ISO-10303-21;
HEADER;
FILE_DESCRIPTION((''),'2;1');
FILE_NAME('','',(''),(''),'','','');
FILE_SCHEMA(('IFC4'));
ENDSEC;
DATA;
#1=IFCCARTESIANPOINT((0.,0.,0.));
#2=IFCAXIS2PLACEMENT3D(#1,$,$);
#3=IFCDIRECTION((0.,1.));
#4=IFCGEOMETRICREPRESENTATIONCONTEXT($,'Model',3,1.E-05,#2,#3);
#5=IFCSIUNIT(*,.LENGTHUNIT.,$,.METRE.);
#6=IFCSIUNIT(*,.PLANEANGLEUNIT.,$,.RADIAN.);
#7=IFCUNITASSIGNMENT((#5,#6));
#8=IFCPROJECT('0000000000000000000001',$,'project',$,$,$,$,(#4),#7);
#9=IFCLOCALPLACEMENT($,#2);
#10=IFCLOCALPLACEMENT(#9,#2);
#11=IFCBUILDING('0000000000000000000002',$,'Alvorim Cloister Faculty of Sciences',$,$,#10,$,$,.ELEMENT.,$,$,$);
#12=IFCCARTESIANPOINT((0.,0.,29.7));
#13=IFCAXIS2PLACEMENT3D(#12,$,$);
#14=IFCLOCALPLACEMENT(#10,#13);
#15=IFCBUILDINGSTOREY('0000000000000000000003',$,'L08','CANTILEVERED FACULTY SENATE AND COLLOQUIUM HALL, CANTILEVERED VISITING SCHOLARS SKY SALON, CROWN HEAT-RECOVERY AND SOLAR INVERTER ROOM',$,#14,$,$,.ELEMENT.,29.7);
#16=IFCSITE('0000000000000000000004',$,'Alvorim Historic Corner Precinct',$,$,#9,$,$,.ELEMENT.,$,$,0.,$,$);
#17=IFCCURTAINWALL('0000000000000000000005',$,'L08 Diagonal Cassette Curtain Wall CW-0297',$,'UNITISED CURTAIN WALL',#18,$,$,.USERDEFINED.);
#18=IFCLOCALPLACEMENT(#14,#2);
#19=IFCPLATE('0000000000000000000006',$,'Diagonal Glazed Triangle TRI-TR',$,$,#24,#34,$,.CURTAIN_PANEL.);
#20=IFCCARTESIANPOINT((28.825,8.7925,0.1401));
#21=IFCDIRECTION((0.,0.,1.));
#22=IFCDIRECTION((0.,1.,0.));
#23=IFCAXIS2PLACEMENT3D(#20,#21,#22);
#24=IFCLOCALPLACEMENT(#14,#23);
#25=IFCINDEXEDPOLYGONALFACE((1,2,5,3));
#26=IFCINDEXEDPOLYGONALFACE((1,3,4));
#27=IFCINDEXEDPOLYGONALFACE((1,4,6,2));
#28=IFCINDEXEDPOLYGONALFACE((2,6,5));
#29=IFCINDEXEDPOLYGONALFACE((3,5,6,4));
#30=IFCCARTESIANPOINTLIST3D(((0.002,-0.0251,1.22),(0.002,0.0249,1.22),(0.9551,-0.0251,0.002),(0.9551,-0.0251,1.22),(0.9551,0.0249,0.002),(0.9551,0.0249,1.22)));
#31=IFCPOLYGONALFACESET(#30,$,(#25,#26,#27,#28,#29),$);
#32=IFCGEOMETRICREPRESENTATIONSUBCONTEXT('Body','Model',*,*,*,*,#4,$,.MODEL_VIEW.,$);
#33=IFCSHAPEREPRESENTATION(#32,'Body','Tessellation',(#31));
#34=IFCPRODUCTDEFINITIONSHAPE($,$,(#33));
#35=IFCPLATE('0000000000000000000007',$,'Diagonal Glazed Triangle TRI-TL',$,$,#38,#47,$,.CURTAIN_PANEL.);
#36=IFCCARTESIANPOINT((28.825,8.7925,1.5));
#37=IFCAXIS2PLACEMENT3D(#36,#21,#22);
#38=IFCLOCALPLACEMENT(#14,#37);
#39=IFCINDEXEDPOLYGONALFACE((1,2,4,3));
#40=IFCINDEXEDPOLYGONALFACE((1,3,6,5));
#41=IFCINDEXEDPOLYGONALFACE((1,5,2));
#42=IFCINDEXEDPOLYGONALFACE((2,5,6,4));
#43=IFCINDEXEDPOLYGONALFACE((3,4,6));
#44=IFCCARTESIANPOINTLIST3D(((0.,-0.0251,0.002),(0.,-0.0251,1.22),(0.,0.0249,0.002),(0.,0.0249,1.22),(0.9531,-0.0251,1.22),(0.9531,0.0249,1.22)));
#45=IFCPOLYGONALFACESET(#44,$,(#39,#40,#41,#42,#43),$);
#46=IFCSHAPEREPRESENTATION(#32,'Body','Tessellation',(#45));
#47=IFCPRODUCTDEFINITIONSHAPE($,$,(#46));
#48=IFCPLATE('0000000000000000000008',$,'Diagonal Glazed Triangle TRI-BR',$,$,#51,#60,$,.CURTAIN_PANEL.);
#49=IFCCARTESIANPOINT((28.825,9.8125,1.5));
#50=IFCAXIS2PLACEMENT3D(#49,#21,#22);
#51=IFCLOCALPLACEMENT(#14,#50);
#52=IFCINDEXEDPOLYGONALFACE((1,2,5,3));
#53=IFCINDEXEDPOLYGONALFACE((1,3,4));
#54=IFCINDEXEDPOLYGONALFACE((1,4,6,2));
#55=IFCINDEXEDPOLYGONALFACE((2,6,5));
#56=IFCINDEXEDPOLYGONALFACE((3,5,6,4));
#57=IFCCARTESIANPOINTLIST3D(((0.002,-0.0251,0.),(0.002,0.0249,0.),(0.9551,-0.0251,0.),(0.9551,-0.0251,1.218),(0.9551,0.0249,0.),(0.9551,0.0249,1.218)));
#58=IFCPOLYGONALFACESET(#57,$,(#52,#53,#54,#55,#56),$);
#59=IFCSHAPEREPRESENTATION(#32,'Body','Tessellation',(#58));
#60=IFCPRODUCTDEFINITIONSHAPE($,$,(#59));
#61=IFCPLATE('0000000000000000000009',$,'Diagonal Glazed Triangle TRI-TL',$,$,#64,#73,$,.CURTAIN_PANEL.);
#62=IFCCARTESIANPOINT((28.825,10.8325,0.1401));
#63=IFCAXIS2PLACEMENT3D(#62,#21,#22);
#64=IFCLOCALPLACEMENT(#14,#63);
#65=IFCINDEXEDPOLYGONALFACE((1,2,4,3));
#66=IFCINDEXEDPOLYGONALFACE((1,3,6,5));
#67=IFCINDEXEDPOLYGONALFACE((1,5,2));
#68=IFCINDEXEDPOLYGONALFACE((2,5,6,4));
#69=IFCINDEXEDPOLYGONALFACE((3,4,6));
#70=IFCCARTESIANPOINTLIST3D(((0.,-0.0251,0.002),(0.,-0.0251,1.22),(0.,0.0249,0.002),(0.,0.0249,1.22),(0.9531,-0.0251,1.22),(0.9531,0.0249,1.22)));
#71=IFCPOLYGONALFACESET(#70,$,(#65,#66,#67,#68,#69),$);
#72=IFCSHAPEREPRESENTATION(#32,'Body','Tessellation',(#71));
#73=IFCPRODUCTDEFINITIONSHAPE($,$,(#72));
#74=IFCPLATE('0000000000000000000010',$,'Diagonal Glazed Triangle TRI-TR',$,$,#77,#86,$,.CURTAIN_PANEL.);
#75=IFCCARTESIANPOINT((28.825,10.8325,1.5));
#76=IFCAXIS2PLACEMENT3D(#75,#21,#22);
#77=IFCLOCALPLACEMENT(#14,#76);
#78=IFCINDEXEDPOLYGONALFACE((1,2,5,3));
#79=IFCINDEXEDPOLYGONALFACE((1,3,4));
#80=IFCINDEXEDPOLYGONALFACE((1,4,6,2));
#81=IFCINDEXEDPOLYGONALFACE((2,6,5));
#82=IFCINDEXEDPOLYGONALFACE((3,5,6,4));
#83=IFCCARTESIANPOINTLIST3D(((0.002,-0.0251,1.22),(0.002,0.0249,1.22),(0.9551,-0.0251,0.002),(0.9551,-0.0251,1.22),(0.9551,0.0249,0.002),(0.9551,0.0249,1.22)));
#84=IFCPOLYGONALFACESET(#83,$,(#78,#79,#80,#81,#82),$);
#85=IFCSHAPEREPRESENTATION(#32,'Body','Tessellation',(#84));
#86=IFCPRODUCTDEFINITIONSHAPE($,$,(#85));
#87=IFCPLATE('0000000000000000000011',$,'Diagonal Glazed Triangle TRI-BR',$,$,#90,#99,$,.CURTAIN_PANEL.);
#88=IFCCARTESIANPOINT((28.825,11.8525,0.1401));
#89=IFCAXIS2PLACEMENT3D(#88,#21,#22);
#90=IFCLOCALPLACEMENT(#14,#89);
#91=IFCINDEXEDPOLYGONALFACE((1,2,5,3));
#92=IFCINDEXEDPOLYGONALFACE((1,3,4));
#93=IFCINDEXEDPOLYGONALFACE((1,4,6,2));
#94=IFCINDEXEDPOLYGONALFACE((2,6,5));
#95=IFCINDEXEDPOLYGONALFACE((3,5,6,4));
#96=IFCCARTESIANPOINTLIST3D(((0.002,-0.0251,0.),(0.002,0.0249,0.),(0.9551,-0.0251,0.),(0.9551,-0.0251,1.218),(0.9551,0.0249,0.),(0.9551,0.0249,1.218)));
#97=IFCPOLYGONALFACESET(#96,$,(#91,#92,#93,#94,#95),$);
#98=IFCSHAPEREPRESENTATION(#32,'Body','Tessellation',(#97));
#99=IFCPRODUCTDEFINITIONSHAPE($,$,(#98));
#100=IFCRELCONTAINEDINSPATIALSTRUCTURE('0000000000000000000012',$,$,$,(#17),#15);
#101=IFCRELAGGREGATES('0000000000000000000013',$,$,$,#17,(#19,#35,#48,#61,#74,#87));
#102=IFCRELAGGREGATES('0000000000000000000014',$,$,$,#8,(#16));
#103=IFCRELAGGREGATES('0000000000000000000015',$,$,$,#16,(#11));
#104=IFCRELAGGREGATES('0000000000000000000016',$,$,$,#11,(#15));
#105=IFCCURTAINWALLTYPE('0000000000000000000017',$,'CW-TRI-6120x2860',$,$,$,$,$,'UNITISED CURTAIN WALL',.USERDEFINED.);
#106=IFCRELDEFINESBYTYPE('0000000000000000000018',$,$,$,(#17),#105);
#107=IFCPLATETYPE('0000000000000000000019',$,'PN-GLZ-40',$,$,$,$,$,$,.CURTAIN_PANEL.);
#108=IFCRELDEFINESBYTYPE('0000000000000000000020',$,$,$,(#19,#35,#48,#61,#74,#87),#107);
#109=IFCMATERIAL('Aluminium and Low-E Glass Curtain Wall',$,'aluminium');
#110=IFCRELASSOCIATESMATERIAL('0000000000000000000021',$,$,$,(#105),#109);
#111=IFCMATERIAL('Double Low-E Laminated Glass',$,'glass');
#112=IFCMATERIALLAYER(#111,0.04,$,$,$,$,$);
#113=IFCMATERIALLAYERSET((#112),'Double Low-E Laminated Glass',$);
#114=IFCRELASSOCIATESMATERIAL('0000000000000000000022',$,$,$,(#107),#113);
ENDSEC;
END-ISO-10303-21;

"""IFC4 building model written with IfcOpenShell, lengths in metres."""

from ifc_helpers import new_model, si_unit, direction, frame, origin, place, context, subcontext, project, spatial, polyline, outline, extrude, material, layer, layer_set, type_object, element, aggregate, save


model = new_model("IFC4")

# Units and contexts
model_context = context("Model", 3, precision=1e-05, world=origin(), true_north=direction((0.0, 1.0)))
body_context = subcontext(model_context, "Body", "Model", "MODEL_VIEW")
ifc_project = project(units=[si_unit("LENGTHUNIT", "METRE"), si_unit("PLANEANGLEUNIT", "RADIAN")], contexts=[model_context])

# Site, building, storey
site_placement = place(None, origin())
site = spatial("IfcSite", under=ifc_project, at=site_placement, Name="Alvorim Historic Corner Precinct", CompositionType="ELEMENT", RefElevation=0.0)
building_placement = place(site_placement, origin())
building = spatial("IfcBuilding", under=site, at=building_placement, Name="Alvorim Cloister Faculty of Sciences", CompositionType="ELEMENT")
storey_placement = place(building_placement, frame((0.0, 0.0, 29.7)))
storey = spatial("IfcBuildingStorey", under=building, at=storey_placement, Name="L08", Description="CANTILEVERED FACULTY SENATE AND COLLOQUIUM HALL, CANTILEVERED VISITING SCHOLARS SKY SALON, CROWN HEAT-RECOVERY AND SOLAR INVERTER ROOM", CompositionType="ELEMENT", Elevation=29.7)

# Curtain wall, plates
ifc_material_1 = material(Name="Aluminium and Low-E Glass Curtain Wall", Category="aluminium")
curtain_wall_type = type_object("IfcCurtainWallType", Name="CW-TRI-6120x2860", ElementType="UNITISED CURTAIN WALL", PredefinedType="USERDEFINED", material=ifc_material_1)
curtain_wall_placement = place(storey_placement, origin())
curtain_wall = element("IfcCurtainWall", 1, at=curtain_wall_placement, inside=storey, type_object=curtain_wall_type, Name="L08 Diagonal Cassette Curtain Wall CW-0297", ObjectType="UNITISED CURTAIN WALL", PredefinedType="USERDEFINED")
ifc_material_2 = material(Name="Double Low-E Laminated Glass", Category="glass")
ifc_layer = layer(ifc_material_2, 0.04)
ifc_layer_set = layer_set([ifc_layer], Name="Double Low-E Laminated Glass")
plate_type = type_object("IfcPlateType", Name="PN-GLZ-40", PredefinedType="CURTAIN_PANEL", material=ifc_layer_set)
plate_1_placement = place(storey_placement, frame((28.825, 8.7925, 0.1401), z_axis=(0.0, 0.0, 1.0), x_axis=(0.0, 1.0, 0.0)))
plate_1 = element("IfcPlate", 2, at=plate_1_placement, type_object=plate_type, Name="Diagonal Glazed Triangle TRI-TR", PredefinedType="CURTAIN_PANEL", context=body_context, shape_type="SweptSolid", body=[
    extrude(outline(polyline([(0.9551, 0.002), (0.9551, 1.22), (0.002, 1.22), (0.9551, 0.002)])), frame((0.0, 0.0249, 0.0), z_axis=(0.0, -1.0, 0.0), x_axis=(1.0, 0.0, 0.0)), (0.0, 0.0, 1.0), 0.05),
])
plate_2_placement = place(storey_placement, frame((28.825, 8.7925, 1.5), z_axis=(0.0, 0.0, 1.0), x_axis=(0.0, 1.0, 0.0)))
plate_2 = element("IfcPlate", 3, at=plate_2_placement, type_object=plate_type, Name="Diagonal Glazed Triangle TRI-TL", PredefinedType="CURTAIN_PANEL", context=body_context, shape_type="SweptSolid", body=[
    extrude(outline(polyline([(0.9531, 1.22), (0.0, 1.22), (0.0, 0.002), (0.9531, 1.22)])), frame((0.0, 0.0249, 0.0), z_axis=(0.0, -1.0, 0.0), x_axis=(1.0, 0.0, 0.0)), (0.0, 0.0, 1.0), 0.05),
])
plate_3_placement = place(storey_placement, frame((28.825, 9.8125, 1.5), z_axis=(0.0, 0.0, 1.0), x_axis=(0.0, 1.0, 0.0)))
plate_3 = element("IfcPlate", 4, at=plate_3_placement, type_object=plate_type, Name="Diagonal Glazed Triangle TRI-BR", PredefinedType="CURTAIN_PANEL", context=body_context, shape_type="SweptSolid", body=[
    extrude(outline(polyline([(0.002, 0.0), (0.9551, 0.0), (0.9551, 1.218), (0.002, 0.0)])), frame((0.0, 0.0249, 0.0), z_axis=(0.0, -1.0, 0.0), x_axis=(1.0, 0.0, 0.0)), (0.0, 0.0, 1.0), 0.05),
])
plate_4_placement = place(storey_placement, frame((28.825, 10.8325, 0.1401), z_axis=(0.0, 0.0, 1.0), x_axis=(0.0, 1.0, 0.0)))
plate_4 = element("IfcPlate", 5, at=plate_4_placement, type_object=plate_type, Name="Diagonal Glazed Triangle TRI-TL", PredefinedType="CURTAIN_PANEL", context=body_context, shape_type="SweptSolid", body=[
    extrude(outline(polyline([(0.9531, 1.22), (0.0, 1.22), (0.0, 0.002), (0.9531, 1.22)])), frame((0.0, 0.0249, 0.0), z_axis=(0.0, -1.0, 0.0), x_axis=(1.0, 0.0, 0.0)), (0.0, 0.0, 1.0), 0.05),
])
plate_5_placement = place(storey_placement, frame((28.825, 10.8325, 1.5), z_axis=(0.0, 0.0, 1.0), x_axis=(0.0, 1.0, 0.0)))
plate_5 = element("IfcPlate", 6, at=plate_5_placement, type_object=plate_type, Name="Diagonal Glazed Triangle TRI-TR", PredefinedType="CURTAIN_PANEL", context=body_context, shape_type="SweptSolid", body=[
    extrude(outline(polyline([(0.9551, 0.002), (0.9551, 1.22), (0.002, 1.22), (0.9551, 0.002)])), frame((0.0, 0.0249, 0.0), z_axis=(0.0, -1.0, 0.0), x_axis=(1.0, 0.0, 0.0)), (0.0, 0.0, 1.0), 0.05),
])
plate_6_placement = place(storey_placement, frame((28.825, 11.8525, 0.1401), z_axis=(0.0, 0.0, 1.0), x_axis=(0.0, 1.0, 0.0)))
plate_6 = element("IfcPlate", 7, at=plate_6_placement, type_object=plate_type, Name="Diagonal Glazed Triangle TRI-BR", PredefinedType="CURTAIN_PANEL", context=body_context, shape_type="SweptSolid", body=[
    extrude(outline(polyline([(0.002, 0.0), (0.9551, 0.0), (0.9551, 1.218), (0.002, 0.0)])), frame((0.0, 0.0249, 0.0), z_axis=(0.0, -1.0, 0.0), x_axis=(1.0, 0.0, 0.0)), (0.0, 0.0, 1.0), 0.05),
])
aggregate(curtain_wall, [plate_1, plate_2, plate_3, plate_4, plate_5, plate_6])

save(model, "model.ifc")
